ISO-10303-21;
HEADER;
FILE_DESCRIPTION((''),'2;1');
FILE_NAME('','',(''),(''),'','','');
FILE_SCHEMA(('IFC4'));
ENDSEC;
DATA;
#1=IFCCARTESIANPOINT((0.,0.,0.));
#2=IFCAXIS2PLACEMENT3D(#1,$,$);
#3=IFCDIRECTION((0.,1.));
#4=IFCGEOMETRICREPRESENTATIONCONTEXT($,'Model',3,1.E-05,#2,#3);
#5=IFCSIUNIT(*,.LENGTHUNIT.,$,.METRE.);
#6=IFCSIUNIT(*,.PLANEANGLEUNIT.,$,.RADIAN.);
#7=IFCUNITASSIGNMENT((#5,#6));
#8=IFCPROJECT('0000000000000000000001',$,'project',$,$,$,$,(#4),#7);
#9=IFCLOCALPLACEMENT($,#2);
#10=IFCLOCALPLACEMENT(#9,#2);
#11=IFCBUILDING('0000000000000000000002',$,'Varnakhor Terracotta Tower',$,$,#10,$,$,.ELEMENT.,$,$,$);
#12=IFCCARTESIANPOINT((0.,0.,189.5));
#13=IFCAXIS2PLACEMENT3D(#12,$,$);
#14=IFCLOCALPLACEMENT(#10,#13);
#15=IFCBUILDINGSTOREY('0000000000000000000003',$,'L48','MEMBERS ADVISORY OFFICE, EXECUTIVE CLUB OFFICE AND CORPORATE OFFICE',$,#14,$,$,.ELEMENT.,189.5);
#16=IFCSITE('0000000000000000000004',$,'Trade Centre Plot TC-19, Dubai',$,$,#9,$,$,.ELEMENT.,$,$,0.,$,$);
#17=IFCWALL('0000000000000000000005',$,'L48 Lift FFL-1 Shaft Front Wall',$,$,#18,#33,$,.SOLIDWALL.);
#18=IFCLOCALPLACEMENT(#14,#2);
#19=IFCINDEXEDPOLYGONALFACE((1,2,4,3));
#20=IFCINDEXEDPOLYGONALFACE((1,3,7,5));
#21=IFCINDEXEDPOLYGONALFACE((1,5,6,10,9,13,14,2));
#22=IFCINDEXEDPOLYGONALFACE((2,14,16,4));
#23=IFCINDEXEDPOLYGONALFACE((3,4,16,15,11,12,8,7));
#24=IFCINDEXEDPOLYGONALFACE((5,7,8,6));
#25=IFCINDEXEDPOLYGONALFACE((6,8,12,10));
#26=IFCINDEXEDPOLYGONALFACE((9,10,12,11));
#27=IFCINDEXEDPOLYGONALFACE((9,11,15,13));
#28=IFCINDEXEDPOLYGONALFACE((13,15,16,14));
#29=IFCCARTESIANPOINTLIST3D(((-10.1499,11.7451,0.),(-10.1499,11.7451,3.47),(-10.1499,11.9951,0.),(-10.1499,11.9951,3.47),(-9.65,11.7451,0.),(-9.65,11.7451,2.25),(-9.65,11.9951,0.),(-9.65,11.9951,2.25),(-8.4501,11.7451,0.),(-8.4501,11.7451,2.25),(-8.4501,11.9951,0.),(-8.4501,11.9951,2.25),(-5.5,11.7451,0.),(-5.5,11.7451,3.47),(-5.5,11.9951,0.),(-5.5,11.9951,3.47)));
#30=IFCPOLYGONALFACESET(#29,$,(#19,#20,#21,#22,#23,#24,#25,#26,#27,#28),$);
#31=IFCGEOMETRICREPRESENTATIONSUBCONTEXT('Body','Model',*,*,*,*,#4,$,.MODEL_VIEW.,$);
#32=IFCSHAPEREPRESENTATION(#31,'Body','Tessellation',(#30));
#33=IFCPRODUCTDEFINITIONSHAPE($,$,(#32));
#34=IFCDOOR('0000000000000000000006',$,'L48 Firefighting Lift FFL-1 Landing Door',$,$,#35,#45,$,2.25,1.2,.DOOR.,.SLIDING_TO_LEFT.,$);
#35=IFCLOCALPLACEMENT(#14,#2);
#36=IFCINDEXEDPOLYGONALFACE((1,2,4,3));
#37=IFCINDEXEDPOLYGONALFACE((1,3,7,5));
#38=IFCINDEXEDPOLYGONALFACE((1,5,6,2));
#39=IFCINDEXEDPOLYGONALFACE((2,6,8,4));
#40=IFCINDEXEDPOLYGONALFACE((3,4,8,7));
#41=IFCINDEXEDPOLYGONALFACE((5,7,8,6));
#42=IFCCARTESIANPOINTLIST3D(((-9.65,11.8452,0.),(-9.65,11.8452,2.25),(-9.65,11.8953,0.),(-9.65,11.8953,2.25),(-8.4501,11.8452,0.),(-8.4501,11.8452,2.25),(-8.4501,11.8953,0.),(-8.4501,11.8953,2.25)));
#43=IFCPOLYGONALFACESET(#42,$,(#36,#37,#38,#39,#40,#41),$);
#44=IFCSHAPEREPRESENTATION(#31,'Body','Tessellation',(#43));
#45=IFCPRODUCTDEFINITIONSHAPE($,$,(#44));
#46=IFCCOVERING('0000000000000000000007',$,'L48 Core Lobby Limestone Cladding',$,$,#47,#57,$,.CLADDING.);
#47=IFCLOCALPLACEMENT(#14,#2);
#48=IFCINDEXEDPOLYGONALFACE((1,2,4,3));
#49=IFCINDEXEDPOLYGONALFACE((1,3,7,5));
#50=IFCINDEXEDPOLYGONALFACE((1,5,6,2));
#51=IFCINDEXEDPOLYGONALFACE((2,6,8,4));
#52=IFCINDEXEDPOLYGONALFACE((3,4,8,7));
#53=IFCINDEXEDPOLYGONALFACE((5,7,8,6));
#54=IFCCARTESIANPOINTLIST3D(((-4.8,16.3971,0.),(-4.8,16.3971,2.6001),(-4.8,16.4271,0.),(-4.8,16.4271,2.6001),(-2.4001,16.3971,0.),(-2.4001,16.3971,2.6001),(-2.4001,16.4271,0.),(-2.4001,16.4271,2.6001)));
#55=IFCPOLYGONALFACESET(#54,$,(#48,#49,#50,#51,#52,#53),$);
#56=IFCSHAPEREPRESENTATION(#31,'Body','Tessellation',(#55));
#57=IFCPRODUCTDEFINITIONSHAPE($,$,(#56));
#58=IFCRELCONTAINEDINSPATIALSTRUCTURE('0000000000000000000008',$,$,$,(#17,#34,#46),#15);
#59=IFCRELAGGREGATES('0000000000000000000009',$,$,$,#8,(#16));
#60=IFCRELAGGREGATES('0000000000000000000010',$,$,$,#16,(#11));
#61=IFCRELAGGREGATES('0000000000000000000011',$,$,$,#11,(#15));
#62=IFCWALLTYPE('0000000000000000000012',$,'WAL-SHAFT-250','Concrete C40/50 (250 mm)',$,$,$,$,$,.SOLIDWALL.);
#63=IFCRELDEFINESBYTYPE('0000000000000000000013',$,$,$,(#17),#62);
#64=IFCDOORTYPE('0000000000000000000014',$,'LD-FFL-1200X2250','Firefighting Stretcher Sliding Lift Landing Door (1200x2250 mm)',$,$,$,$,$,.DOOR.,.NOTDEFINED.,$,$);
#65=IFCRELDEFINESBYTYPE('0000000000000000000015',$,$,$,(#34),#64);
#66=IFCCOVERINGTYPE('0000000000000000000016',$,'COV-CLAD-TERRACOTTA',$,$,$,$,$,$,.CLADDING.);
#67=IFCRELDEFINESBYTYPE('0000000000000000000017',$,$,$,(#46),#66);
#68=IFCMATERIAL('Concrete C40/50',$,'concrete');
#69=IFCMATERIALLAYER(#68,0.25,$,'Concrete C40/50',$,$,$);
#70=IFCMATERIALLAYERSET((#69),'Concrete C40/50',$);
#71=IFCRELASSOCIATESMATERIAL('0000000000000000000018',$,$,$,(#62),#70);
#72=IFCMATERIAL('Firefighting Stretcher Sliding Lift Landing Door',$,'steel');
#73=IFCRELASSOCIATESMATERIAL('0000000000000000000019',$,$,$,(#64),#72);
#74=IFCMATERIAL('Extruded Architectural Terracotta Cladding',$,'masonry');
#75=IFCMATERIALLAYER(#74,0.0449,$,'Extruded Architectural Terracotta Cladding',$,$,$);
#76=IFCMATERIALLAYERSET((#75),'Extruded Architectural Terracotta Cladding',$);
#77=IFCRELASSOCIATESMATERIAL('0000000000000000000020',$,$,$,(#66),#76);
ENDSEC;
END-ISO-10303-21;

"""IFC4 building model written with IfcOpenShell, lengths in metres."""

from ifc_helpers import new_model, si_unit, direction, frame, frame_2d, origin, origin_2d, place, context, subcontext, project, spatial, rectangle, extrude, source, transform, mapped, material, layer, layer_set, type_object, type_shapes, element, fill, save


model = new_model("IFC4")

# Units and contexts
model_context = context("Model", 3, precision=1e-05, world=origin(), true_north=direction((0.0, 1.0)))
body_context = subcontext(model_context, "Body", "Model", "MODEL_VIEW")
ifc_project = project(units=[si_unit("LENGTHUNIT", "METRE"), si_unit("PLANEANGLEUNIT", "RADIAN")], contexts=[model_context])

# Site, building, storey
site_placement = place(None, origin())
site = spatial("IfcSite", under=ifc_project, at=site_placement, Name="Trade Centre Plot TC-19, Dubai", CompositionType="ELEMENT", RefElevation=0.0)
building_placement = place(site_placement, origin())
building = spatial("IfcBuilding", under=site, at=building_placement, Name="Varnakhor Terracotta Tower", CompositionType="ELEMENT")
storey_placement = place(building_placement, frame((0.0, 0.0, 189.5)))
storey = spatial("IfcBuildingStorey", under=building, at=storey_placement, Name="L48", Description="MEMBERS ADVISORY OFFICE, EXECUTIVE CLUB OFFICE AND CORPORATE OFFICE", CompositionType="ELEMENT", Elevation=189.5)

# Shared definitions
ifc_material_1 = material(Name="Concrete C40/50", Category="concrete")

# Wall, opening, door
ifc_layer_1 = layer(ifc_material_1, 0.25, Name="Concrete C40/50")
ifc_layer_set_1 = layer_set([ifc_layer_1], Name="Concrete C40/50")
wall_type_1 = type_object("IfcWallType", Name="WAL-SHAFT-250", Description="Concrete C40/50 (250 mm)", PredefinedType="SOLIDWALL", material=ifc_layer_set_1)
wall_1_placement = place(storey_placement, frame((-5.5, 11.8701, 0.0), z_axis=(0.0, 0.0, 1.0), x_axis=(-1.0, 0.0, 0.0)))
wall_1 = element("IfcWall", 1, at=wall_1_placement, inside=storey, type_object=wall_type_1, Name="L48 Lift FFL-1 Shaft Front Wall", PredefinedType="SOLIDWALL", context=body_context, shape_type="SweptSolid", body=[
    extrude(rectangle(XDim=4.6499, YDim=0.25, at=frame_2d((2.325, 0.0))), origin(), (0.0, 0.0, 1.0), 3.47),
])
opening_1_placement = place(wall_1_placement, frame((2.95, 0.0, 0.0)))
opening_1 = element("IfcOpeningElement", 2, at=opening_1_placement, cuts=wall_1, PredefinedType="OPENING", context=body_context, shape_type="SweptSolid", body=[
    extrude(rectangle(XDim=1.2, YDim=2.25, at=frame_2d((0.6001, 1.125))), frame((0.0, 0.135, 0.0), z_axis=(0.0, -1.0, 0.0), x_axis=(1.0, 0.0, 0.0)), (0.0, 0.0, 1.0), 0.27),
])
ifc_material_2 = material(Name="Firefighting Stretcher Sliding Lift Landing Door", Category="steel")
door_type_1 = type_object("IfcDoorType", Name="LD-FFL-1200X2250", Description="Firefighting Stretcher Sliding Lift Landing Door (1200x2250 mm)", OperationType="NOTDEFINED", PredefinedType="DOOR", material=ifc_material_2)
shared_shape_1 = source(origin(), body_context, "Body", "SweptSolid", [
    extrude(rectangle(XDim=1.2, YDim=2.25, at=frame_2d((0.6001, 1.125))), frame((0.0, 0.0249, 0.0), z_axis=(0.0, -1.0, 0.0), x_axis=(1.0, 0.0, 0.0)), (0.0, 0.0, 1.0), 0.05),
])
type_shapes(door_type_1, [shared_shape_1])
door_1_placement = place(opening_1_placement, origin())
door_1 = element("IfcDoor", 3, at=door_1_placement, inside=storey, type_object=door_type_1, Name="L48 Firefighting Lift FFL-1 Landing Door", OperationType="SLIDING_TO_LEFT", OverallHeight=2.25, OverallWidth=1.2, PredefinedType="DOOR", context=body_context, shape_type="MappedRepresentation", body=[
    mapped(shared_shape_1, transform((0.0, 0.0, 0.0), scale=1.0)),
])
fill(opening_1, door_1)

# Covering
ifc_material_3 = material(Name="Extruded Architectural Terracotta Cladding", Category="masonry")
ifc_layer_2 = layer(ifc_material_3, 0.0449, Name="Extruded Architectural Terracotta Cladding")
ifc_layer_set_2 = layer_set([ifc_layer_2], Name="Extruded Architectural Terracotta Cladding")
covering_type = type_object("IfcCoveringType", Name="COV-CLAD-TERRACOTTA", PredefinedType="CLADDING", material=ifc_layer_set_2)
shared_shape_2 = source(origin(), body_context, "Body", "SweptSolid", [
    extrude(rectangle(XDim=2.3999, YDim=0.03, at=origin_2d()), origin(), (0.0, 0.0, 1.0), 2.6001),
])
type_shapes(covering_type, [shared_shape_2])
covering_placement = place(storey_placement, frame((-3.6001, 16.4121, 0.0), z_axis=(0.0, 0.0, 1.0), x_axis=(1.0, 0.0, 0.0)))
element("IfcCovering", 4, at=covering_placement, inside=storey, type_object=covering_type, Name="L48 Core Lobby Limestone Cladding", PredefinedType="CLADDING", context=body_context, shape_type="MappedRepresentation", body=[
    mapped(shared_shape_2, transform((0.0, 0.0, 0.0), scale=1.0)),
])

save(model, "model.ifc")
